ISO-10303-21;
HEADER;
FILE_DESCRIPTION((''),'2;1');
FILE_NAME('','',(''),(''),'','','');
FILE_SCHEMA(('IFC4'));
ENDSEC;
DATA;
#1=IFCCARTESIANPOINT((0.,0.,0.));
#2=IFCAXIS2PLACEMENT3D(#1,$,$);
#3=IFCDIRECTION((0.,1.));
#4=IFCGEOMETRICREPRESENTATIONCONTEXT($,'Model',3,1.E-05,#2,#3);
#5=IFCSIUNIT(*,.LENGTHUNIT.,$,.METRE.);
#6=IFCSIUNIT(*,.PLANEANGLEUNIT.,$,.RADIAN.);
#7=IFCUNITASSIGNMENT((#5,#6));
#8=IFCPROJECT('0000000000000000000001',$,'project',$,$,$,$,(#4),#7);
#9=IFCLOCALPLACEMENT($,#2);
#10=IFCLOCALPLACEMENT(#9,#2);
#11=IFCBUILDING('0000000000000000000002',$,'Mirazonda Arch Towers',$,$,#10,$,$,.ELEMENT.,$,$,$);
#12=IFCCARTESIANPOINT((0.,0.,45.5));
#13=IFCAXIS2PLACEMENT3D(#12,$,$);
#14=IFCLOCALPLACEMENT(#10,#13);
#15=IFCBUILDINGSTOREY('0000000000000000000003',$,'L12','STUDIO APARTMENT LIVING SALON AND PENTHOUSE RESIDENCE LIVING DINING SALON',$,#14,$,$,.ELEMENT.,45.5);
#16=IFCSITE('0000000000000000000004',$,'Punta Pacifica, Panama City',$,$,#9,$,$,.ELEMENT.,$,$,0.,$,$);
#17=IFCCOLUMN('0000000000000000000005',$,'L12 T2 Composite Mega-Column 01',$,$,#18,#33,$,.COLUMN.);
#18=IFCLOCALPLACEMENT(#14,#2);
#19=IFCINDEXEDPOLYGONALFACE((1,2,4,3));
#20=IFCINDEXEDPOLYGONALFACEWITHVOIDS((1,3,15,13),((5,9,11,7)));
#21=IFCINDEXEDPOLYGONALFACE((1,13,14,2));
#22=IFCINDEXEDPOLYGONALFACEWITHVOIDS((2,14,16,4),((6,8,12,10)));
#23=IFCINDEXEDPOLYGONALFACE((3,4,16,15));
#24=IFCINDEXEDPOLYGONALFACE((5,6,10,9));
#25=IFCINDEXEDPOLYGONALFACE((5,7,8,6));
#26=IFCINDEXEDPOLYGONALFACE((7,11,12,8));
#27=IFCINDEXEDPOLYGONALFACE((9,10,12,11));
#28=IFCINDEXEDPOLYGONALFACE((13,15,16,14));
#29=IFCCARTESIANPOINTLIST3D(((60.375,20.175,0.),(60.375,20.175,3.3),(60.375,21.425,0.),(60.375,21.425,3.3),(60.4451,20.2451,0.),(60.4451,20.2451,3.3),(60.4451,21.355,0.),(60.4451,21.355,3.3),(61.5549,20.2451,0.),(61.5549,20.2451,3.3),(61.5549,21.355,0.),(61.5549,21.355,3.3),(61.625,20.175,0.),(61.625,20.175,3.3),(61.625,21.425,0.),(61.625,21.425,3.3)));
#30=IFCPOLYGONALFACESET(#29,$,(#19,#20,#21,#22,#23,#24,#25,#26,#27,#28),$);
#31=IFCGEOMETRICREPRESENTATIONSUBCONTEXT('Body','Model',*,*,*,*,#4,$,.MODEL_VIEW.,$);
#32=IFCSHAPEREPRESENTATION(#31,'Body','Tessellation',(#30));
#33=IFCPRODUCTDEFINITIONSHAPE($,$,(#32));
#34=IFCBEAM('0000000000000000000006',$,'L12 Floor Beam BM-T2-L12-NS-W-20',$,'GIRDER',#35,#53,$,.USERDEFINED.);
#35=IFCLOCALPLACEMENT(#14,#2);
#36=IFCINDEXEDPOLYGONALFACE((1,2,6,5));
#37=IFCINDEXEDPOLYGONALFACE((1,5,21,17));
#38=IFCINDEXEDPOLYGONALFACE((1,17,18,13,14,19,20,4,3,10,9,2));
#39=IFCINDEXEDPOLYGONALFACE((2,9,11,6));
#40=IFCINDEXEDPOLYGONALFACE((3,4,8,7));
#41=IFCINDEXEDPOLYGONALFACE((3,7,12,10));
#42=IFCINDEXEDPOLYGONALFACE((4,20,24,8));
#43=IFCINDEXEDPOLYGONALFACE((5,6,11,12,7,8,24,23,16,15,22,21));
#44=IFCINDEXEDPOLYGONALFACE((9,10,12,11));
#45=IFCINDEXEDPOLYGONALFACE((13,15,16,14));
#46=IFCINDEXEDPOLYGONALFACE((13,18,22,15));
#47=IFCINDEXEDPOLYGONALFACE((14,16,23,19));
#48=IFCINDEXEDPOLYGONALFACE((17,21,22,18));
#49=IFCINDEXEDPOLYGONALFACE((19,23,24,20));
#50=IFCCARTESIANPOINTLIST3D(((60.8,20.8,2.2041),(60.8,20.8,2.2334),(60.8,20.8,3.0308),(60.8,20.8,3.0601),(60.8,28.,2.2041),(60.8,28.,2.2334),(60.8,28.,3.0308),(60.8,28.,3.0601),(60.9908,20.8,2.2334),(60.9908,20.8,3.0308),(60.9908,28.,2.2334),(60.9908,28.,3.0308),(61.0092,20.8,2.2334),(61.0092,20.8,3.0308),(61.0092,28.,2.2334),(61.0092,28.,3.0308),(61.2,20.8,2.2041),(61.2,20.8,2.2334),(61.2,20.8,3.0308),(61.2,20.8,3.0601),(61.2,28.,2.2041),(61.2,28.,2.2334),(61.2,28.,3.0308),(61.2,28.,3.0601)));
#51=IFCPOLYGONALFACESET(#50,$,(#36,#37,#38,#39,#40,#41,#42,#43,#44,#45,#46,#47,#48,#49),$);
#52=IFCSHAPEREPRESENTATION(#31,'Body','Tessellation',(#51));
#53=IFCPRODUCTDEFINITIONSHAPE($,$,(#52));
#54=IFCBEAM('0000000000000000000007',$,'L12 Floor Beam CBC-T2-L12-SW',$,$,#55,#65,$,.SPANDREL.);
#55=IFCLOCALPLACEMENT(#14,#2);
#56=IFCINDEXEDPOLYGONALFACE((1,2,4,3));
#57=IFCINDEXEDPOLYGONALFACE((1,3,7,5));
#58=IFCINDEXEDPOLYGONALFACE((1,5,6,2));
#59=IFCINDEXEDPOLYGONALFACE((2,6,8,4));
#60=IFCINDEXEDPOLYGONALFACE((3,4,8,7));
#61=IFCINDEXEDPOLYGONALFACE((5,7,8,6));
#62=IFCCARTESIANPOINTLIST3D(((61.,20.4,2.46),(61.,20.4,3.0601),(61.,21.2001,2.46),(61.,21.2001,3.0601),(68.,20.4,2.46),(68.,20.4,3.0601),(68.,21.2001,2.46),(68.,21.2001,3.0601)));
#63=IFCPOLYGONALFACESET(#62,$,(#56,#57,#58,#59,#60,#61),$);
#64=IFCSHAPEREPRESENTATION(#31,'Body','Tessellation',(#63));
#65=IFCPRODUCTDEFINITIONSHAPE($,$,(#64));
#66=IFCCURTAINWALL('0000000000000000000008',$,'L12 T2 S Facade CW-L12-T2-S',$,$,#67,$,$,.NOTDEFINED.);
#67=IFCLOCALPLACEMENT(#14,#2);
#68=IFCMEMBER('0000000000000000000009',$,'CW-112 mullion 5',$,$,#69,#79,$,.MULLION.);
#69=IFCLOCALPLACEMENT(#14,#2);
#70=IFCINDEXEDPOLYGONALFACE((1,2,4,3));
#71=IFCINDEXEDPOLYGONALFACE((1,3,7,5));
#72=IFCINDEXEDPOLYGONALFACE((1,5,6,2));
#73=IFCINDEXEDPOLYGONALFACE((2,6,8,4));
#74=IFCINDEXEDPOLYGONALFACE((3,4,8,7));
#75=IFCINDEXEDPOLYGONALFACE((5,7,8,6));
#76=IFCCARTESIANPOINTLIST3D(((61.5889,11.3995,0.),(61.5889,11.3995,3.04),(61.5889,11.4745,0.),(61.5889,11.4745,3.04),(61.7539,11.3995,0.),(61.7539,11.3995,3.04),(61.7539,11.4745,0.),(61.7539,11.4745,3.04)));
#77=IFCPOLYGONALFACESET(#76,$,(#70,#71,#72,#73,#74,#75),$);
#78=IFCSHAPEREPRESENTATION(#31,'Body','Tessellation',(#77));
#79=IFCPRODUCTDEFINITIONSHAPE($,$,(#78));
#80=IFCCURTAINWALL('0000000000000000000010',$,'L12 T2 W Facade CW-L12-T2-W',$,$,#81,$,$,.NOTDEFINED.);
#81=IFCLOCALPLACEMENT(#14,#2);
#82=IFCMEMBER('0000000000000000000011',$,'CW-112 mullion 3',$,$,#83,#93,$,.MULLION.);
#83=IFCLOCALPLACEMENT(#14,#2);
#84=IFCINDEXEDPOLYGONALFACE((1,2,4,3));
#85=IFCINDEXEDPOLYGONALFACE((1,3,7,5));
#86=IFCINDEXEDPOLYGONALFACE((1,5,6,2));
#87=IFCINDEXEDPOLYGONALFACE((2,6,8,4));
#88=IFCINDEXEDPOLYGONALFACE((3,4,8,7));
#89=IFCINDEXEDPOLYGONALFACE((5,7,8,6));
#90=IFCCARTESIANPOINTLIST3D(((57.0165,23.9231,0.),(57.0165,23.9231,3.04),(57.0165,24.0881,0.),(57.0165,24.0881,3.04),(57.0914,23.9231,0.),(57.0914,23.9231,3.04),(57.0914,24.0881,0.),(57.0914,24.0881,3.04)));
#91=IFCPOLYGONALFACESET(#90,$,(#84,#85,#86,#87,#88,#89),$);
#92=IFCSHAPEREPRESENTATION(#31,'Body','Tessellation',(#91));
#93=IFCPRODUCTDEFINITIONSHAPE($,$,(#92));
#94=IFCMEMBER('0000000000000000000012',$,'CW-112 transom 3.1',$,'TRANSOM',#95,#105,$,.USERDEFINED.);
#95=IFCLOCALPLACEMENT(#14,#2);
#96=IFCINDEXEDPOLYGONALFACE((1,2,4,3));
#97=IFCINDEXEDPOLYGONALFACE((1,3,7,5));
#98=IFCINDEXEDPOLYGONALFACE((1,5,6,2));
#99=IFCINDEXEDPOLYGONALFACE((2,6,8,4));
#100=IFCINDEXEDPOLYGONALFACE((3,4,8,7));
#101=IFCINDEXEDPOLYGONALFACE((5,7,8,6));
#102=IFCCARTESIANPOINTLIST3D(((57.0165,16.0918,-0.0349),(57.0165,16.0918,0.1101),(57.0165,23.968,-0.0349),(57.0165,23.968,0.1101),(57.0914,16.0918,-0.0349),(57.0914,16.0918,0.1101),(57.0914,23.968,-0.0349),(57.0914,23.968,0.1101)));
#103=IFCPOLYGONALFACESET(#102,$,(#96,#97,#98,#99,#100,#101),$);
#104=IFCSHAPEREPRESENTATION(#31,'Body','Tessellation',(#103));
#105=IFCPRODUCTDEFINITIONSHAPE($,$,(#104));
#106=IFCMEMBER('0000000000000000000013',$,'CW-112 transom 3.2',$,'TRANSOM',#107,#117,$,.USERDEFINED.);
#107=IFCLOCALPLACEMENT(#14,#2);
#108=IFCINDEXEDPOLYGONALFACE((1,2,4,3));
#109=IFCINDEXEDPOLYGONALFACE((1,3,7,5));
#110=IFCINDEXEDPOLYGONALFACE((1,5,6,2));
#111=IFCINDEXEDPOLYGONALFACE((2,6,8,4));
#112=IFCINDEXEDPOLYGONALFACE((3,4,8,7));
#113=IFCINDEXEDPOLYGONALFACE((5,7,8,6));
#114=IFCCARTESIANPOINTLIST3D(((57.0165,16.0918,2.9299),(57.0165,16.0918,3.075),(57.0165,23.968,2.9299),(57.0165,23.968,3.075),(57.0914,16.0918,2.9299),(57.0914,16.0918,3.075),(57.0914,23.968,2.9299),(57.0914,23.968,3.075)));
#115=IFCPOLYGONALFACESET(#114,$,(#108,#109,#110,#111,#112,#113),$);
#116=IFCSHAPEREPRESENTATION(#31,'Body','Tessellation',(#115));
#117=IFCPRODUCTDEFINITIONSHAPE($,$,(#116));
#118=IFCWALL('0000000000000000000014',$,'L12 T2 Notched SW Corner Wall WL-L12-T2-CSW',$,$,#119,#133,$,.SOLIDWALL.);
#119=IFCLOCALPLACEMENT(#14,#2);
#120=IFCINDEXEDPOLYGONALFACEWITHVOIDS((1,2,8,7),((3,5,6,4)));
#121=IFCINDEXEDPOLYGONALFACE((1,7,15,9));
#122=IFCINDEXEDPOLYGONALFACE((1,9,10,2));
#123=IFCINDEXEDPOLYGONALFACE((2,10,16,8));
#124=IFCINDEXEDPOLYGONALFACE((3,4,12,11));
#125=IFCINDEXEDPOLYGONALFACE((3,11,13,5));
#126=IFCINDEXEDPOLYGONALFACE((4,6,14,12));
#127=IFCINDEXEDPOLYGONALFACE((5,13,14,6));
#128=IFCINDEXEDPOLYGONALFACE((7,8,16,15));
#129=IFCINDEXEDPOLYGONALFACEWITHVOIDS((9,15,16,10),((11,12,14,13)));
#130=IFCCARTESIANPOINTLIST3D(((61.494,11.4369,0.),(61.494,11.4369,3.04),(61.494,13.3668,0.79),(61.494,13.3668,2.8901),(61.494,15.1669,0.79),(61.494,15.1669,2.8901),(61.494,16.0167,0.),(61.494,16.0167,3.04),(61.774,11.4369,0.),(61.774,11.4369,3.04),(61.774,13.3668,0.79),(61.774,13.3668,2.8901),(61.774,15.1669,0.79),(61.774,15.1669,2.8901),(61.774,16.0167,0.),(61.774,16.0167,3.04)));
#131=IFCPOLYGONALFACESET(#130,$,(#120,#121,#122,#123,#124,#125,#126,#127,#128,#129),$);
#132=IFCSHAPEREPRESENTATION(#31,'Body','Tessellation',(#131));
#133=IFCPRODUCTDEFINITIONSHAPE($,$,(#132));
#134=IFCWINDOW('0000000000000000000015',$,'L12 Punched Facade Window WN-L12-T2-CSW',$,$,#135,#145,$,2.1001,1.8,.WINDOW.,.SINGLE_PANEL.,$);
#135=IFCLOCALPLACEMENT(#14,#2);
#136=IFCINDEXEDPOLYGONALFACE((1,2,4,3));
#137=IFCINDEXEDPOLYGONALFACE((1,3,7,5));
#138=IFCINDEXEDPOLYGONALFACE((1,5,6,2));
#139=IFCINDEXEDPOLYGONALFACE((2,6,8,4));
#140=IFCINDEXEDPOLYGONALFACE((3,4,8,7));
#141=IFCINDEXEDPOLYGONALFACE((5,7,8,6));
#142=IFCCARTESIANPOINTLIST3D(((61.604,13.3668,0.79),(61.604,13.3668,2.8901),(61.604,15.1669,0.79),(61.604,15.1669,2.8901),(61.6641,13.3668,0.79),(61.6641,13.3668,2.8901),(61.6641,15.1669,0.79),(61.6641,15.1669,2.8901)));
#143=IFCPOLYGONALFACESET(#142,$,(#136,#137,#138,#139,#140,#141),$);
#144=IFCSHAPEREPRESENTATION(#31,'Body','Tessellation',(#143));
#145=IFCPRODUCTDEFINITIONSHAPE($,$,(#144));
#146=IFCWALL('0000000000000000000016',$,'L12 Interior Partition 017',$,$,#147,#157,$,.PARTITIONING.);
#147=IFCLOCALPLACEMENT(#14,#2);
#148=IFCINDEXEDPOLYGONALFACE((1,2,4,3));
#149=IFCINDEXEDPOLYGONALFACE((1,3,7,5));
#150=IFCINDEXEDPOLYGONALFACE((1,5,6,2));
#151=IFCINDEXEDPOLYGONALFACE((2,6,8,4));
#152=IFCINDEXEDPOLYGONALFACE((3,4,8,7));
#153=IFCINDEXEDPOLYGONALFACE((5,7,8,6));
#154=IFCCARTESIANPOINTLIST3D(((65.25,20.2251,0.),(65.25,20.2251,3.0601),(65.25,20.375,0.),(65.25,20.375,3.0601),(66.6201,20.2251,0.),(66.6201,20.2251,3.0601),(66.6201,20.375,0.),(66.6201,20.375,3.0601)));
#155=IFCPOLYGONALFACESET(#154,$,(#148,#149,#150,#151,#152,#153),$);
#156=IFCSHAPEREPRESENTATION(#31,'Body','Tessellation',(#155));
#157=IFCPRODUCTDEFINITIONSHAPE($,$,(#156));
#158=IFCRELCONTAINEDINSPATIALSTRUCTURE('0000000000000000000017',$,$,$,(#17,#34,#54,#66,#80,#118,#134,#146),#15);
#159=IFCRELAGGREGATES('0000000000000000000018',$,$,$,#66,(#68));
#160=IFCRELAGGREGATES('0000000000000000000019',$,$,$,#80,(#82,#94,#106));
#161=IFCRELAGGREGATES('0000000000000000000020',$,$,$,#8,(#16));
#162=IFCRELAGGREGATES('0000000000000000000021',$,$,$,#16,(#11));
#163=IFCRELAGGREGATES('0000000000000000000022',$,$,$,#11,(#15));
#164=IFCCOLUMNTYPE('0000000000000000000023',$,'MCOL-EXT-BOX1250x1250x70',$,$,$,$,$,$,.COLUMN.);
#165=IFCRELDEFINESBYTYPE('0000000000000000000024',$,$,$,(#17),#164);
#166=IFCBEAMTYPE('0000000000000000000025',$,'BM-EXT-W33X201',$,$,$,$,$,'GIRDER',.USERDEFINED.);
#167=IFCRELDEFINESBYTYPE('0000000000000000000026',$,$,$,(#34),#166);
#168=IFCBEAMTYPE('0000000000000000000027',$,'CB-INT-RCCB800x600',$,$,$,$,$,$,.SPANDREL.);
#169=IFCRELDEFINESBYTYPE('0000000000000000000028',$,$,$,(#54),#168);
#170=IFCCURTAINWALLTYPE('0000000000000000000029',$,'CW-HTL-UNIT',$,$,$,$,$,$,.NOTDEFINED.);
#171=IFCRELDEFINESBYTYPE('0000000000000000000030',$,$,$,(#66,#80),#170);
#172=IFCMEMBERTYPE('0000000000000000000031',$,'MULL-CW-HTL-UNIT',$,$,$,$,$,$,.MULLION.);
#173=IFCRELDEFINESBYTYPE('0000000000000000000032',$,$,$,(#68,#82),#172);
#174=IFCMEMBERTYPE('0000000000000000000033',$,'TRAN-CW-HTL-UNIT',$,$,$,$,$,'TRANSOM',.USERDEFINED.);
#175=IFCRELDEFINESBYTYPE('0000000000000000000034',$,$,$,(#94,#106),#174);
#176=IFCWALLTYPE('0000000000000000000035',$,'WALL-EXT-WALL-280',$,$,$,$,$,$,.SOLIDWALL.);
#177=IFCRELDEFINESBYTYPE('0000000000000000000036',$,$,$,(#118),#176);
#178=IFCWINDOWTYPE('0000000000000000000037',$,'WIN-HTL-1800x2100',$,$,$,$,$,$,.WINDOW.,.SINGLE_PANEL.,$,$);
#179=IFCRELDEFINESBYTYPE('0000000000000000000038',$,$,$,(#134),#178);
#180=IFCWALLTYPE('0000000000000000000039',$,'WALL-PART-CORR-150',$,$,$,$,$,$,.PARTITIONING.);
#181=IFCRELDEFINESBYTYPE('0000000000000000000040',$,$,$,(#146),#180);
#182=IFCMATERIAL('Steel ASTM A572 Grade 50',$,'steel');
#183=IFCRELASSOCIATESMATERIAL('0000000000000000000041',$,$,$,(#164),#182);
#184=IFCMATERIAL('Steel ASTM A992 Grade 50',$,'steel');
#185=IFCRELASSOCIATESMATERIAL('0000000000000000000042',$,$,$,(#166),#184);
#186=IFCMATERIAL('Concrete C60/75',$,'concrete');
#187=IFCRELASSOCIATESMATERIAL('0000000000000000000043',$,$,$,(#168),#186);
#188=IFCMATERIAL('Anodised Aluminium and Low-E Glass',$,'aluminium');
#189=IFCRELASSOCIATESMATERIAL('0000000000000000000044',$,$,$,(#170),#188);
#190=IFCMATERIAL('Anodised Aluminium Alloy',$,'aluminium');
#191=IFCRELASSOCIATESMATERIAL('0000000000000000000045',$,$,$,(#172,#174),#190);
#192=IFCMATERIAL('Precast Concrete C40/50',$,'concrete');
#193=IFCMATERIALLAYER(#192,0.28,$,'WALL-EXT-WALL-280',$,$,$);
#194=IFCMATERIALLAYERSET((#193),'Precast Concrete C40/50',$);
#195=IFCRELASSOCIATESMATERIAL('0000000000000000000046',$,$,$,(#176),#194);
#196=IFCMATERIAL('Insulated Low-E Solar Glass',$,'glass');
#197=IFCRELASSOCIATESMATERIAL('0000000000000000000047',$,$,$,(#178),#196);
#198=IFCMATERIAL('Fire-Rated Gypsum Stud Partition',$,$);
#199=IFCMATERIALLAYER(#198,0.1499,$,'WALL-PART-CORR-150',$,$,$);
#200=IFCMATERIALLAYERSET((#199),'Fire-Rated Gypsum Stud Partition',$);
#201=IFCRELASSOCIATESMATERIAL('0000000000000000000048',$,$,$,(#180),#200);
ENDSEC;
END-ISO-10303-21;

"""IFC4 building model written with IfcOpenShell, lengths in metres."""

from ifc_helpers import new_model, si_unit, direction, frame, frame_2d, origin, origin_2d, place, context, subcontext, project, spatial, rectangle, hollow_rectangle, i_section, extrude, material, layer, layer_set, material_profile, profile_set, type_object, element, fill, aggregate, save


model = new_model("IFC4")

# Units and contexts
model_context = context("Model", 3, precision=1e-05, world=origin(), true_north=direction((0.0, 1.0)))
body_context = subcontext(model_context, "Body", "Model", "MODEL_VIEW")
ifc_project = project(units=[si_unit("LENGTHUNIT", "METRE"), si_unit("PLANEANGLEUNIT", "RADIAN")], contexts=[model_context])

# Site, building, storey
site_placement = place(None, origin())
site = spatial("IfcSite", under=ifc_project, at=site_placement, Name="Punta Pacifica, Panama City", CompositionType="ELEMENT", RefElevation=0.0)
building_placement = place(site_placement, origin())
building = spatial("IfcBuilding", under=site, at=building_placement, Name="Mirazonda Arch Towers", CompositionType="ELEMENT")
storey_placement = place(building_placement, frame((0.0, 0.0, 45.5)))
storey = spatial("IfcBuildingStorey", under=building, at=storey_placement, Name="L12", Description="STUDIO APARTMENT LIVING SALON AND PENTHOUSE RESIDENCE LIVING DINING SALON", CompositionType="ELEMENT", Elevation=45.5)

# Column
ifc_material_1 = material(Name="Steel ASTM A572 Grade 50", Category="steel")
ifc_material_profile_1 = material_profile(ifc_material_1, hollow_rectangle(XDim=1.25, YDim=1.25, WallThickness=0.0701, at=origin_2d()), Name="BOX1250x1250x70")
ifc_profile_set_1 = profile_set([ifc_material_profile_1], Name="Steel ASTM A572 Grade 50")
column_type = type_object("IfcColumnType", Name="MCOL-EXT-BOX1250x1250x70", PredefinedType="COLUMN", material=ifc_profile_set_1)
column_placement = place(storey_placement, frame((61.0, 20.8, 0.0), z_axis=(0.0, 0.0, 1.0), x_axis=(1.0, 0.0, 0.0)))
element("IfcColumn", 1, at=column_placement, inside=storey, type_object=column_type, Name="L12 T2 Composite Mega-Column 01", PredefinedType="COLUMN", context=body_context, shape_type="SweptSolid", body=[
    extrude(hollow_rectangle(XDim=1.25, YDim=1.25, WallThickness=0.0701, at=origin_2d()), origin(), (0.0, 0.0, 1.0), 3.3),
])

# Beams
ifc_material_2 = material(Name="Steel ASTM A992 Grade 50", Category="steel")
ifc_material_profile_2 = material_profile(ifc_material_2, i_section(OverallWidth=0.3999, OverallDepth=0.856, WebThickness=0.0183, FlangeThickness=0.0293, at=origin_2d()), Name="W33X201")
ifc_profile_set_2 = profile_set([ifc_material_profile_2], Name="Steel ASTM A992 Grade 50")
beam_type_1 = type_object("IfcBeamType", Name="BM-EXT-W33X201", ElementType="GIRDER", PredefinedType="USERDEFINED", material=ifc_profile_set_2)
beam_1_placement = place(storey_placement, frame((61.0, 20.8, 2.6321), z_axis=(0.0, 1.0, 0.0), x_axis=(-1.0, 0.0, 0.0)))
element("IfcBeam", 2, at=beam_1_placement, inside=storey, type_object=beam_type_1, Name="L12 Floor Beam BM-T2-L12-NS-W-20", ObjectType="GIRDER", PredefinedType="USERDEFINED", context=body_context, shape_type="SweptSolid", body=[
    extrude(i_section(OverallWidth=0.3999, OverallDepth=0.856, WebThickness=0.0183, FlangeThickness=0.0293, at=origin_2d()), origin(), (0.0, 0.0, 1.0), 7.2),
])
ifc_material_3 = material(Name="Concrete C60/75", Category="concrete")
ifc_material_profile_3 = material_profile(ifc_material_3, rectangle(XDim=0.8, YDim=0.6001, at=origin_2d()), Name="RCCB800x600")
ifc_profile_set_3 = profile_set([ifc_material_profile_3], Name="Concrete C60/75")
beam_type_2 = type_object("IfcBeamType", Name="CB-INT-RCCB800x600", PredefinedType="SPANDREL", material=ifc_profile_set_3)
beam_2_placement = place(storey_placement, frame((61.0, 20.8, 2.76), z_axis=(1.0, 0.0, 0.0), x_axis=(0.0, 1.0, 0.0)))
element("IfcBeam", 3, at=beam_2_placement, inside=storey, type_object=beam_type_2, Name="L12 Floor Beam CBC-T2-L12-SW", PredefinedType="SPANDREL", context=body_context, shape_type="SweptSolid", body=[
    extrude(rectangle(XDim=0.8, YDim=0.6001, at=origin_2d()), origin(), (0.0, 0.0, 1.0), 7.0),
])

# Curtain wall, member
ifc_material_4 = material(Name="Anodised Aluminium and Low-E Glass", Category="aluminium")
curtain_wall_type = type_object("IfcCurtainWallType", Name="CW-HTL-UNIT", PredefinedType="NOTDEFINED", material=ifc_material_4)
curtain_wall_1_placement = place(storey_placement, origin())
curtain_wall_1 = element("IfcCurtainWall", 4, at=curtain_wall_1_placement, inside=storey, type_object=curtain_wall_type, Name="L12 T2 S Facade CW-L12-T2-S", PredefinedType="NOTDEFINED")
ifc_material_5 = material(Name="Anodised Aluminium Alloy", Category="aluminium")
ifc_material_profile_4 = material_profile(ifc_material_5, rectangle(XDim=0.075, YDim=0.165, at=origin_2d()), Name="ALU-MULL-75x165")
ifc_profile_set_4 = profile_set([ifc_material_profile_4], Name="Anodised Aluminium Alloy")
member_type_1 = type_object("IfcMemberType", Name="MULL-CW-HTL-UNIT", PredefinedType="MULLION", material=ifc_profile_set_4)
member_1_placement = place(storey_placement, frame((61.6714, 11.437, 0.0), z_axis=(0.0, 0.0, 1.0), x_axis=(0.0, -1.0, 0.0)))
member_1 = element("IfcMember", 5, at=member_1_placement, type_object=member_type_1, Name="CW-112 mullion 5", PredefinedType="MULLION", context=body_context, shape_type="SweptSolid", body=[
    extrude(rectangle(XDim=0.075, YDim=0.165, at=origin_2d()), origin(), (0.0, 0.0, 1.0), 3.04),
])
aggregate(curtain_wall_1, [member_1])

# Curtain wall, members
curtain_wall_2_placement = place(storey_placement, origin())
curtain_wall_2 = element("IfcCurtainWall", 6, at=curtain_wall_2_placement, inside=storey, type_object=curtain_wall_type, Name="L12 T2 W Facade CW-L12-T2-W", PredefinedType="NOTDEFINED")
member_2_placement = place(storey_placement, frame((57.054, 24.0056, 0.0), z_axis=(0.0, 0.0, 1.0), x_axis=(1.0, 0.0, 0.0)))
member_2 = element("IfcMember", 7, at=member_2_placement, type_object=member_type_1, Name="CW-112 mullion 3", PredefinedType="MULLION", context=body_context, shape_type="SweptSolid", body=[
    extrude(rectangle(XDim=0.075, YDim=0.165, at=origin_2d()), origin(), (0.0, 0.0, 1.0), 3.04),
])
ifc_material_profile_5 = material_profile(ifc_material_5, rectangle(XDim=0.075, YDim=0.145, at=origin_2d()), Name="ALU-TRAN-75x145")
ifc_profile_set_5 = profile_set([ifc_material_profile_5], Name="Anodised Aluminium Alloy")
member_type_2 = type_object("IfcMemberType", Name="TRAN-CW-HTL-UNIT", ElementType="TRANSOM", PredefinedType="USERDEFINED", material=ifc_profile_set_5)
member_3_placement = place(storey_placement, frame((57.054, 23.968, 0.0376), z_axis=(0.0, -1.0, 0.0), x_axis=(1.0, 0.0, 0.0)))
member_3 = element("IfcMember", 8, at=member_3_placement, type_object=member_type_2, Name="CW-112 transom 3.1", ObjectType="TRANSOM", PredefinedType="USERDEFINED", context=body_context, shape_type="SweptSolid", body=[
    extrude(rectangle(XDim=0.075, YDim=0.145, at=origin_2d()), origin(), (0.0, 0.0, 1.0), 7.8762),
])
member_4_placement = place(storey_placement, frame((57.054, 23.968, 3.0024), z_axis=(0.0, -1.0, 0.0), x_axis=(1.0, 0.0, 0.0)))
member_4 = element("IfcMember", 9, at=member_4_placement, type_object=member_type_2, Name="CW-112 transom 3.2", ObjectType="TRANSOM", PredefinedType="USERDEFINED", context=body_context, shape_type="SweptSolid", body=[
    extrude(rectangle(XDim=0.075, YDim=0.145, at=origin_2d()), origin(), (0.0, 0.0, 1.0), 7.8762),
])
aggregate(curtain_wall_2, [member_2, member_3, member_4])

# Wall, opening, window
ifc_material_6 = material(Name="Precast Concrete C40/50", Category="concrete")
ifc_layer_1 = layer(ifc_material_6, 0.28, Name="WALL-EXT-WALL-280")
ifc_layer_set_1 = layer_set([ifc_layer_1], Name="Precast Concrete C40/50")
wall_type_1 = type_object("IfcWallType", Name="WALL-EXT-WALL-280", PredefinedType="SOLIDWALL", material=ifc_layer_set_1)
wall_1_placement = place(storey_placement, frame((61.634, 16.0168, 0.0), z_axis=(0.0, 0.0, 1.0), x_axis=(0.0, -1.0, 0.0)))
wall_1 = element("IfcWall", 10, at=wall_1_placement, inside=storey, type_object=wall_type_1, Name="L12 T2 Notched SW Corner Wall WL-L12-T2-CSW", PredefinedType="SOLIDWALL", context=body_context, shape_type="SweptSolid", body=[
    extrude(rectangle(XDim=4.5798, YDim=0.28, at=frame_2d((2.29, 0.0))), origin(), (0.0, 0.0, 1.0), 3.04),
])
opening_1_placement = place(wall_1_placement, frame((0.8501, 0.0, 0.79)))
opening_1 = element("IfcOpeningElement", 11, at=opening_1_placement, cuts=wall_1, PredefinedType="OPENING", context=body_context, shape_type="SweptSolid", body=[
    extrude(rectangle(XDim=1.8, YDim=2.1001, at=frame_2d((0.8999, 1.05))), frame((0.0, 0.1499, 0.0), z_axis=(0.0, -1.0, 0.0), x_axis=(1.0, 0.0, 0.0)), (0.0, 0.0, 1.0), 0.3),
])
ifc_material_7 = material(Name="Insulated Low-E Solar Glass", Category="glass")
window_type = type_object("IfcWindowType", Name="WIN-HTL-1800x2100", PartitioningType="SINGLE_PANEL", PredefinedType="WINDOW", material=ifc_material_7)
window_placement = place(opening_1_placement, origin())
window = element("IfcWindow", 12, at=window_placement, inside=storey, type_object=window_type, Name="L12 Punched Facade Window WN-L12-T2-CSW", OverallHeight=2.1001, OverallWidth=1.8, PartitioningType="SINGLE_PANEL", PredefinedType="WINDOW", context=body_context, shape_type="SweptSolid", body=[
    extrude(rectangle(XDim=1.8, YDim=2.1001, at=frame_2d((0.8999, 1.05))), frame((0.0, 0.03, 0.0), z_axis=(0.0, -1.0, 0.0), x_axis=(1.0, 0.0, 0.0)), (0.0, 0.0, 1.0), 0.0601),
])
fill(opening_1, window)

# Wall
ifc_material_8 = material(Name="Fire-Rated Gypsum Stud Partition")
ifc_layer_2 = layer(ifc_material_8, 0.1499, Name="WALL-PART-CORR-150")
ifc_layer_set_2 = layer_set([ifc_layer_2], Name="Fire-Rated Gypsum Stud Partition")
wall_type_2 = type_object("IfcWallType", Name="WALL-PART-CORR-150", PredefinedType="PARTITIONING", material=ifc_layer_set_2)
wall_2_placement = place(storey_placement, frame((65.25, 20.3, 0.0), z_axis=(0.0, 0.0, 1.0), x_axis=(1.0, 0.0, 0.0)))
element("IfcWall", 13, at=wall_2_placement, inside=storey, type_object=wall_type_2, Name="L12 Interior Partition 017", PredefinedType="PARTITIONING", context=body_context, shape_type="SweptSolid", body=[
    extrude(rectangle(XDim=1.3701, YDim=0.1499, at=frame_2d((0.6851, 0.0))), origin(), (0.0, 0.0, 1.0), 3.0601),
])

save(model, "model.ifc")
